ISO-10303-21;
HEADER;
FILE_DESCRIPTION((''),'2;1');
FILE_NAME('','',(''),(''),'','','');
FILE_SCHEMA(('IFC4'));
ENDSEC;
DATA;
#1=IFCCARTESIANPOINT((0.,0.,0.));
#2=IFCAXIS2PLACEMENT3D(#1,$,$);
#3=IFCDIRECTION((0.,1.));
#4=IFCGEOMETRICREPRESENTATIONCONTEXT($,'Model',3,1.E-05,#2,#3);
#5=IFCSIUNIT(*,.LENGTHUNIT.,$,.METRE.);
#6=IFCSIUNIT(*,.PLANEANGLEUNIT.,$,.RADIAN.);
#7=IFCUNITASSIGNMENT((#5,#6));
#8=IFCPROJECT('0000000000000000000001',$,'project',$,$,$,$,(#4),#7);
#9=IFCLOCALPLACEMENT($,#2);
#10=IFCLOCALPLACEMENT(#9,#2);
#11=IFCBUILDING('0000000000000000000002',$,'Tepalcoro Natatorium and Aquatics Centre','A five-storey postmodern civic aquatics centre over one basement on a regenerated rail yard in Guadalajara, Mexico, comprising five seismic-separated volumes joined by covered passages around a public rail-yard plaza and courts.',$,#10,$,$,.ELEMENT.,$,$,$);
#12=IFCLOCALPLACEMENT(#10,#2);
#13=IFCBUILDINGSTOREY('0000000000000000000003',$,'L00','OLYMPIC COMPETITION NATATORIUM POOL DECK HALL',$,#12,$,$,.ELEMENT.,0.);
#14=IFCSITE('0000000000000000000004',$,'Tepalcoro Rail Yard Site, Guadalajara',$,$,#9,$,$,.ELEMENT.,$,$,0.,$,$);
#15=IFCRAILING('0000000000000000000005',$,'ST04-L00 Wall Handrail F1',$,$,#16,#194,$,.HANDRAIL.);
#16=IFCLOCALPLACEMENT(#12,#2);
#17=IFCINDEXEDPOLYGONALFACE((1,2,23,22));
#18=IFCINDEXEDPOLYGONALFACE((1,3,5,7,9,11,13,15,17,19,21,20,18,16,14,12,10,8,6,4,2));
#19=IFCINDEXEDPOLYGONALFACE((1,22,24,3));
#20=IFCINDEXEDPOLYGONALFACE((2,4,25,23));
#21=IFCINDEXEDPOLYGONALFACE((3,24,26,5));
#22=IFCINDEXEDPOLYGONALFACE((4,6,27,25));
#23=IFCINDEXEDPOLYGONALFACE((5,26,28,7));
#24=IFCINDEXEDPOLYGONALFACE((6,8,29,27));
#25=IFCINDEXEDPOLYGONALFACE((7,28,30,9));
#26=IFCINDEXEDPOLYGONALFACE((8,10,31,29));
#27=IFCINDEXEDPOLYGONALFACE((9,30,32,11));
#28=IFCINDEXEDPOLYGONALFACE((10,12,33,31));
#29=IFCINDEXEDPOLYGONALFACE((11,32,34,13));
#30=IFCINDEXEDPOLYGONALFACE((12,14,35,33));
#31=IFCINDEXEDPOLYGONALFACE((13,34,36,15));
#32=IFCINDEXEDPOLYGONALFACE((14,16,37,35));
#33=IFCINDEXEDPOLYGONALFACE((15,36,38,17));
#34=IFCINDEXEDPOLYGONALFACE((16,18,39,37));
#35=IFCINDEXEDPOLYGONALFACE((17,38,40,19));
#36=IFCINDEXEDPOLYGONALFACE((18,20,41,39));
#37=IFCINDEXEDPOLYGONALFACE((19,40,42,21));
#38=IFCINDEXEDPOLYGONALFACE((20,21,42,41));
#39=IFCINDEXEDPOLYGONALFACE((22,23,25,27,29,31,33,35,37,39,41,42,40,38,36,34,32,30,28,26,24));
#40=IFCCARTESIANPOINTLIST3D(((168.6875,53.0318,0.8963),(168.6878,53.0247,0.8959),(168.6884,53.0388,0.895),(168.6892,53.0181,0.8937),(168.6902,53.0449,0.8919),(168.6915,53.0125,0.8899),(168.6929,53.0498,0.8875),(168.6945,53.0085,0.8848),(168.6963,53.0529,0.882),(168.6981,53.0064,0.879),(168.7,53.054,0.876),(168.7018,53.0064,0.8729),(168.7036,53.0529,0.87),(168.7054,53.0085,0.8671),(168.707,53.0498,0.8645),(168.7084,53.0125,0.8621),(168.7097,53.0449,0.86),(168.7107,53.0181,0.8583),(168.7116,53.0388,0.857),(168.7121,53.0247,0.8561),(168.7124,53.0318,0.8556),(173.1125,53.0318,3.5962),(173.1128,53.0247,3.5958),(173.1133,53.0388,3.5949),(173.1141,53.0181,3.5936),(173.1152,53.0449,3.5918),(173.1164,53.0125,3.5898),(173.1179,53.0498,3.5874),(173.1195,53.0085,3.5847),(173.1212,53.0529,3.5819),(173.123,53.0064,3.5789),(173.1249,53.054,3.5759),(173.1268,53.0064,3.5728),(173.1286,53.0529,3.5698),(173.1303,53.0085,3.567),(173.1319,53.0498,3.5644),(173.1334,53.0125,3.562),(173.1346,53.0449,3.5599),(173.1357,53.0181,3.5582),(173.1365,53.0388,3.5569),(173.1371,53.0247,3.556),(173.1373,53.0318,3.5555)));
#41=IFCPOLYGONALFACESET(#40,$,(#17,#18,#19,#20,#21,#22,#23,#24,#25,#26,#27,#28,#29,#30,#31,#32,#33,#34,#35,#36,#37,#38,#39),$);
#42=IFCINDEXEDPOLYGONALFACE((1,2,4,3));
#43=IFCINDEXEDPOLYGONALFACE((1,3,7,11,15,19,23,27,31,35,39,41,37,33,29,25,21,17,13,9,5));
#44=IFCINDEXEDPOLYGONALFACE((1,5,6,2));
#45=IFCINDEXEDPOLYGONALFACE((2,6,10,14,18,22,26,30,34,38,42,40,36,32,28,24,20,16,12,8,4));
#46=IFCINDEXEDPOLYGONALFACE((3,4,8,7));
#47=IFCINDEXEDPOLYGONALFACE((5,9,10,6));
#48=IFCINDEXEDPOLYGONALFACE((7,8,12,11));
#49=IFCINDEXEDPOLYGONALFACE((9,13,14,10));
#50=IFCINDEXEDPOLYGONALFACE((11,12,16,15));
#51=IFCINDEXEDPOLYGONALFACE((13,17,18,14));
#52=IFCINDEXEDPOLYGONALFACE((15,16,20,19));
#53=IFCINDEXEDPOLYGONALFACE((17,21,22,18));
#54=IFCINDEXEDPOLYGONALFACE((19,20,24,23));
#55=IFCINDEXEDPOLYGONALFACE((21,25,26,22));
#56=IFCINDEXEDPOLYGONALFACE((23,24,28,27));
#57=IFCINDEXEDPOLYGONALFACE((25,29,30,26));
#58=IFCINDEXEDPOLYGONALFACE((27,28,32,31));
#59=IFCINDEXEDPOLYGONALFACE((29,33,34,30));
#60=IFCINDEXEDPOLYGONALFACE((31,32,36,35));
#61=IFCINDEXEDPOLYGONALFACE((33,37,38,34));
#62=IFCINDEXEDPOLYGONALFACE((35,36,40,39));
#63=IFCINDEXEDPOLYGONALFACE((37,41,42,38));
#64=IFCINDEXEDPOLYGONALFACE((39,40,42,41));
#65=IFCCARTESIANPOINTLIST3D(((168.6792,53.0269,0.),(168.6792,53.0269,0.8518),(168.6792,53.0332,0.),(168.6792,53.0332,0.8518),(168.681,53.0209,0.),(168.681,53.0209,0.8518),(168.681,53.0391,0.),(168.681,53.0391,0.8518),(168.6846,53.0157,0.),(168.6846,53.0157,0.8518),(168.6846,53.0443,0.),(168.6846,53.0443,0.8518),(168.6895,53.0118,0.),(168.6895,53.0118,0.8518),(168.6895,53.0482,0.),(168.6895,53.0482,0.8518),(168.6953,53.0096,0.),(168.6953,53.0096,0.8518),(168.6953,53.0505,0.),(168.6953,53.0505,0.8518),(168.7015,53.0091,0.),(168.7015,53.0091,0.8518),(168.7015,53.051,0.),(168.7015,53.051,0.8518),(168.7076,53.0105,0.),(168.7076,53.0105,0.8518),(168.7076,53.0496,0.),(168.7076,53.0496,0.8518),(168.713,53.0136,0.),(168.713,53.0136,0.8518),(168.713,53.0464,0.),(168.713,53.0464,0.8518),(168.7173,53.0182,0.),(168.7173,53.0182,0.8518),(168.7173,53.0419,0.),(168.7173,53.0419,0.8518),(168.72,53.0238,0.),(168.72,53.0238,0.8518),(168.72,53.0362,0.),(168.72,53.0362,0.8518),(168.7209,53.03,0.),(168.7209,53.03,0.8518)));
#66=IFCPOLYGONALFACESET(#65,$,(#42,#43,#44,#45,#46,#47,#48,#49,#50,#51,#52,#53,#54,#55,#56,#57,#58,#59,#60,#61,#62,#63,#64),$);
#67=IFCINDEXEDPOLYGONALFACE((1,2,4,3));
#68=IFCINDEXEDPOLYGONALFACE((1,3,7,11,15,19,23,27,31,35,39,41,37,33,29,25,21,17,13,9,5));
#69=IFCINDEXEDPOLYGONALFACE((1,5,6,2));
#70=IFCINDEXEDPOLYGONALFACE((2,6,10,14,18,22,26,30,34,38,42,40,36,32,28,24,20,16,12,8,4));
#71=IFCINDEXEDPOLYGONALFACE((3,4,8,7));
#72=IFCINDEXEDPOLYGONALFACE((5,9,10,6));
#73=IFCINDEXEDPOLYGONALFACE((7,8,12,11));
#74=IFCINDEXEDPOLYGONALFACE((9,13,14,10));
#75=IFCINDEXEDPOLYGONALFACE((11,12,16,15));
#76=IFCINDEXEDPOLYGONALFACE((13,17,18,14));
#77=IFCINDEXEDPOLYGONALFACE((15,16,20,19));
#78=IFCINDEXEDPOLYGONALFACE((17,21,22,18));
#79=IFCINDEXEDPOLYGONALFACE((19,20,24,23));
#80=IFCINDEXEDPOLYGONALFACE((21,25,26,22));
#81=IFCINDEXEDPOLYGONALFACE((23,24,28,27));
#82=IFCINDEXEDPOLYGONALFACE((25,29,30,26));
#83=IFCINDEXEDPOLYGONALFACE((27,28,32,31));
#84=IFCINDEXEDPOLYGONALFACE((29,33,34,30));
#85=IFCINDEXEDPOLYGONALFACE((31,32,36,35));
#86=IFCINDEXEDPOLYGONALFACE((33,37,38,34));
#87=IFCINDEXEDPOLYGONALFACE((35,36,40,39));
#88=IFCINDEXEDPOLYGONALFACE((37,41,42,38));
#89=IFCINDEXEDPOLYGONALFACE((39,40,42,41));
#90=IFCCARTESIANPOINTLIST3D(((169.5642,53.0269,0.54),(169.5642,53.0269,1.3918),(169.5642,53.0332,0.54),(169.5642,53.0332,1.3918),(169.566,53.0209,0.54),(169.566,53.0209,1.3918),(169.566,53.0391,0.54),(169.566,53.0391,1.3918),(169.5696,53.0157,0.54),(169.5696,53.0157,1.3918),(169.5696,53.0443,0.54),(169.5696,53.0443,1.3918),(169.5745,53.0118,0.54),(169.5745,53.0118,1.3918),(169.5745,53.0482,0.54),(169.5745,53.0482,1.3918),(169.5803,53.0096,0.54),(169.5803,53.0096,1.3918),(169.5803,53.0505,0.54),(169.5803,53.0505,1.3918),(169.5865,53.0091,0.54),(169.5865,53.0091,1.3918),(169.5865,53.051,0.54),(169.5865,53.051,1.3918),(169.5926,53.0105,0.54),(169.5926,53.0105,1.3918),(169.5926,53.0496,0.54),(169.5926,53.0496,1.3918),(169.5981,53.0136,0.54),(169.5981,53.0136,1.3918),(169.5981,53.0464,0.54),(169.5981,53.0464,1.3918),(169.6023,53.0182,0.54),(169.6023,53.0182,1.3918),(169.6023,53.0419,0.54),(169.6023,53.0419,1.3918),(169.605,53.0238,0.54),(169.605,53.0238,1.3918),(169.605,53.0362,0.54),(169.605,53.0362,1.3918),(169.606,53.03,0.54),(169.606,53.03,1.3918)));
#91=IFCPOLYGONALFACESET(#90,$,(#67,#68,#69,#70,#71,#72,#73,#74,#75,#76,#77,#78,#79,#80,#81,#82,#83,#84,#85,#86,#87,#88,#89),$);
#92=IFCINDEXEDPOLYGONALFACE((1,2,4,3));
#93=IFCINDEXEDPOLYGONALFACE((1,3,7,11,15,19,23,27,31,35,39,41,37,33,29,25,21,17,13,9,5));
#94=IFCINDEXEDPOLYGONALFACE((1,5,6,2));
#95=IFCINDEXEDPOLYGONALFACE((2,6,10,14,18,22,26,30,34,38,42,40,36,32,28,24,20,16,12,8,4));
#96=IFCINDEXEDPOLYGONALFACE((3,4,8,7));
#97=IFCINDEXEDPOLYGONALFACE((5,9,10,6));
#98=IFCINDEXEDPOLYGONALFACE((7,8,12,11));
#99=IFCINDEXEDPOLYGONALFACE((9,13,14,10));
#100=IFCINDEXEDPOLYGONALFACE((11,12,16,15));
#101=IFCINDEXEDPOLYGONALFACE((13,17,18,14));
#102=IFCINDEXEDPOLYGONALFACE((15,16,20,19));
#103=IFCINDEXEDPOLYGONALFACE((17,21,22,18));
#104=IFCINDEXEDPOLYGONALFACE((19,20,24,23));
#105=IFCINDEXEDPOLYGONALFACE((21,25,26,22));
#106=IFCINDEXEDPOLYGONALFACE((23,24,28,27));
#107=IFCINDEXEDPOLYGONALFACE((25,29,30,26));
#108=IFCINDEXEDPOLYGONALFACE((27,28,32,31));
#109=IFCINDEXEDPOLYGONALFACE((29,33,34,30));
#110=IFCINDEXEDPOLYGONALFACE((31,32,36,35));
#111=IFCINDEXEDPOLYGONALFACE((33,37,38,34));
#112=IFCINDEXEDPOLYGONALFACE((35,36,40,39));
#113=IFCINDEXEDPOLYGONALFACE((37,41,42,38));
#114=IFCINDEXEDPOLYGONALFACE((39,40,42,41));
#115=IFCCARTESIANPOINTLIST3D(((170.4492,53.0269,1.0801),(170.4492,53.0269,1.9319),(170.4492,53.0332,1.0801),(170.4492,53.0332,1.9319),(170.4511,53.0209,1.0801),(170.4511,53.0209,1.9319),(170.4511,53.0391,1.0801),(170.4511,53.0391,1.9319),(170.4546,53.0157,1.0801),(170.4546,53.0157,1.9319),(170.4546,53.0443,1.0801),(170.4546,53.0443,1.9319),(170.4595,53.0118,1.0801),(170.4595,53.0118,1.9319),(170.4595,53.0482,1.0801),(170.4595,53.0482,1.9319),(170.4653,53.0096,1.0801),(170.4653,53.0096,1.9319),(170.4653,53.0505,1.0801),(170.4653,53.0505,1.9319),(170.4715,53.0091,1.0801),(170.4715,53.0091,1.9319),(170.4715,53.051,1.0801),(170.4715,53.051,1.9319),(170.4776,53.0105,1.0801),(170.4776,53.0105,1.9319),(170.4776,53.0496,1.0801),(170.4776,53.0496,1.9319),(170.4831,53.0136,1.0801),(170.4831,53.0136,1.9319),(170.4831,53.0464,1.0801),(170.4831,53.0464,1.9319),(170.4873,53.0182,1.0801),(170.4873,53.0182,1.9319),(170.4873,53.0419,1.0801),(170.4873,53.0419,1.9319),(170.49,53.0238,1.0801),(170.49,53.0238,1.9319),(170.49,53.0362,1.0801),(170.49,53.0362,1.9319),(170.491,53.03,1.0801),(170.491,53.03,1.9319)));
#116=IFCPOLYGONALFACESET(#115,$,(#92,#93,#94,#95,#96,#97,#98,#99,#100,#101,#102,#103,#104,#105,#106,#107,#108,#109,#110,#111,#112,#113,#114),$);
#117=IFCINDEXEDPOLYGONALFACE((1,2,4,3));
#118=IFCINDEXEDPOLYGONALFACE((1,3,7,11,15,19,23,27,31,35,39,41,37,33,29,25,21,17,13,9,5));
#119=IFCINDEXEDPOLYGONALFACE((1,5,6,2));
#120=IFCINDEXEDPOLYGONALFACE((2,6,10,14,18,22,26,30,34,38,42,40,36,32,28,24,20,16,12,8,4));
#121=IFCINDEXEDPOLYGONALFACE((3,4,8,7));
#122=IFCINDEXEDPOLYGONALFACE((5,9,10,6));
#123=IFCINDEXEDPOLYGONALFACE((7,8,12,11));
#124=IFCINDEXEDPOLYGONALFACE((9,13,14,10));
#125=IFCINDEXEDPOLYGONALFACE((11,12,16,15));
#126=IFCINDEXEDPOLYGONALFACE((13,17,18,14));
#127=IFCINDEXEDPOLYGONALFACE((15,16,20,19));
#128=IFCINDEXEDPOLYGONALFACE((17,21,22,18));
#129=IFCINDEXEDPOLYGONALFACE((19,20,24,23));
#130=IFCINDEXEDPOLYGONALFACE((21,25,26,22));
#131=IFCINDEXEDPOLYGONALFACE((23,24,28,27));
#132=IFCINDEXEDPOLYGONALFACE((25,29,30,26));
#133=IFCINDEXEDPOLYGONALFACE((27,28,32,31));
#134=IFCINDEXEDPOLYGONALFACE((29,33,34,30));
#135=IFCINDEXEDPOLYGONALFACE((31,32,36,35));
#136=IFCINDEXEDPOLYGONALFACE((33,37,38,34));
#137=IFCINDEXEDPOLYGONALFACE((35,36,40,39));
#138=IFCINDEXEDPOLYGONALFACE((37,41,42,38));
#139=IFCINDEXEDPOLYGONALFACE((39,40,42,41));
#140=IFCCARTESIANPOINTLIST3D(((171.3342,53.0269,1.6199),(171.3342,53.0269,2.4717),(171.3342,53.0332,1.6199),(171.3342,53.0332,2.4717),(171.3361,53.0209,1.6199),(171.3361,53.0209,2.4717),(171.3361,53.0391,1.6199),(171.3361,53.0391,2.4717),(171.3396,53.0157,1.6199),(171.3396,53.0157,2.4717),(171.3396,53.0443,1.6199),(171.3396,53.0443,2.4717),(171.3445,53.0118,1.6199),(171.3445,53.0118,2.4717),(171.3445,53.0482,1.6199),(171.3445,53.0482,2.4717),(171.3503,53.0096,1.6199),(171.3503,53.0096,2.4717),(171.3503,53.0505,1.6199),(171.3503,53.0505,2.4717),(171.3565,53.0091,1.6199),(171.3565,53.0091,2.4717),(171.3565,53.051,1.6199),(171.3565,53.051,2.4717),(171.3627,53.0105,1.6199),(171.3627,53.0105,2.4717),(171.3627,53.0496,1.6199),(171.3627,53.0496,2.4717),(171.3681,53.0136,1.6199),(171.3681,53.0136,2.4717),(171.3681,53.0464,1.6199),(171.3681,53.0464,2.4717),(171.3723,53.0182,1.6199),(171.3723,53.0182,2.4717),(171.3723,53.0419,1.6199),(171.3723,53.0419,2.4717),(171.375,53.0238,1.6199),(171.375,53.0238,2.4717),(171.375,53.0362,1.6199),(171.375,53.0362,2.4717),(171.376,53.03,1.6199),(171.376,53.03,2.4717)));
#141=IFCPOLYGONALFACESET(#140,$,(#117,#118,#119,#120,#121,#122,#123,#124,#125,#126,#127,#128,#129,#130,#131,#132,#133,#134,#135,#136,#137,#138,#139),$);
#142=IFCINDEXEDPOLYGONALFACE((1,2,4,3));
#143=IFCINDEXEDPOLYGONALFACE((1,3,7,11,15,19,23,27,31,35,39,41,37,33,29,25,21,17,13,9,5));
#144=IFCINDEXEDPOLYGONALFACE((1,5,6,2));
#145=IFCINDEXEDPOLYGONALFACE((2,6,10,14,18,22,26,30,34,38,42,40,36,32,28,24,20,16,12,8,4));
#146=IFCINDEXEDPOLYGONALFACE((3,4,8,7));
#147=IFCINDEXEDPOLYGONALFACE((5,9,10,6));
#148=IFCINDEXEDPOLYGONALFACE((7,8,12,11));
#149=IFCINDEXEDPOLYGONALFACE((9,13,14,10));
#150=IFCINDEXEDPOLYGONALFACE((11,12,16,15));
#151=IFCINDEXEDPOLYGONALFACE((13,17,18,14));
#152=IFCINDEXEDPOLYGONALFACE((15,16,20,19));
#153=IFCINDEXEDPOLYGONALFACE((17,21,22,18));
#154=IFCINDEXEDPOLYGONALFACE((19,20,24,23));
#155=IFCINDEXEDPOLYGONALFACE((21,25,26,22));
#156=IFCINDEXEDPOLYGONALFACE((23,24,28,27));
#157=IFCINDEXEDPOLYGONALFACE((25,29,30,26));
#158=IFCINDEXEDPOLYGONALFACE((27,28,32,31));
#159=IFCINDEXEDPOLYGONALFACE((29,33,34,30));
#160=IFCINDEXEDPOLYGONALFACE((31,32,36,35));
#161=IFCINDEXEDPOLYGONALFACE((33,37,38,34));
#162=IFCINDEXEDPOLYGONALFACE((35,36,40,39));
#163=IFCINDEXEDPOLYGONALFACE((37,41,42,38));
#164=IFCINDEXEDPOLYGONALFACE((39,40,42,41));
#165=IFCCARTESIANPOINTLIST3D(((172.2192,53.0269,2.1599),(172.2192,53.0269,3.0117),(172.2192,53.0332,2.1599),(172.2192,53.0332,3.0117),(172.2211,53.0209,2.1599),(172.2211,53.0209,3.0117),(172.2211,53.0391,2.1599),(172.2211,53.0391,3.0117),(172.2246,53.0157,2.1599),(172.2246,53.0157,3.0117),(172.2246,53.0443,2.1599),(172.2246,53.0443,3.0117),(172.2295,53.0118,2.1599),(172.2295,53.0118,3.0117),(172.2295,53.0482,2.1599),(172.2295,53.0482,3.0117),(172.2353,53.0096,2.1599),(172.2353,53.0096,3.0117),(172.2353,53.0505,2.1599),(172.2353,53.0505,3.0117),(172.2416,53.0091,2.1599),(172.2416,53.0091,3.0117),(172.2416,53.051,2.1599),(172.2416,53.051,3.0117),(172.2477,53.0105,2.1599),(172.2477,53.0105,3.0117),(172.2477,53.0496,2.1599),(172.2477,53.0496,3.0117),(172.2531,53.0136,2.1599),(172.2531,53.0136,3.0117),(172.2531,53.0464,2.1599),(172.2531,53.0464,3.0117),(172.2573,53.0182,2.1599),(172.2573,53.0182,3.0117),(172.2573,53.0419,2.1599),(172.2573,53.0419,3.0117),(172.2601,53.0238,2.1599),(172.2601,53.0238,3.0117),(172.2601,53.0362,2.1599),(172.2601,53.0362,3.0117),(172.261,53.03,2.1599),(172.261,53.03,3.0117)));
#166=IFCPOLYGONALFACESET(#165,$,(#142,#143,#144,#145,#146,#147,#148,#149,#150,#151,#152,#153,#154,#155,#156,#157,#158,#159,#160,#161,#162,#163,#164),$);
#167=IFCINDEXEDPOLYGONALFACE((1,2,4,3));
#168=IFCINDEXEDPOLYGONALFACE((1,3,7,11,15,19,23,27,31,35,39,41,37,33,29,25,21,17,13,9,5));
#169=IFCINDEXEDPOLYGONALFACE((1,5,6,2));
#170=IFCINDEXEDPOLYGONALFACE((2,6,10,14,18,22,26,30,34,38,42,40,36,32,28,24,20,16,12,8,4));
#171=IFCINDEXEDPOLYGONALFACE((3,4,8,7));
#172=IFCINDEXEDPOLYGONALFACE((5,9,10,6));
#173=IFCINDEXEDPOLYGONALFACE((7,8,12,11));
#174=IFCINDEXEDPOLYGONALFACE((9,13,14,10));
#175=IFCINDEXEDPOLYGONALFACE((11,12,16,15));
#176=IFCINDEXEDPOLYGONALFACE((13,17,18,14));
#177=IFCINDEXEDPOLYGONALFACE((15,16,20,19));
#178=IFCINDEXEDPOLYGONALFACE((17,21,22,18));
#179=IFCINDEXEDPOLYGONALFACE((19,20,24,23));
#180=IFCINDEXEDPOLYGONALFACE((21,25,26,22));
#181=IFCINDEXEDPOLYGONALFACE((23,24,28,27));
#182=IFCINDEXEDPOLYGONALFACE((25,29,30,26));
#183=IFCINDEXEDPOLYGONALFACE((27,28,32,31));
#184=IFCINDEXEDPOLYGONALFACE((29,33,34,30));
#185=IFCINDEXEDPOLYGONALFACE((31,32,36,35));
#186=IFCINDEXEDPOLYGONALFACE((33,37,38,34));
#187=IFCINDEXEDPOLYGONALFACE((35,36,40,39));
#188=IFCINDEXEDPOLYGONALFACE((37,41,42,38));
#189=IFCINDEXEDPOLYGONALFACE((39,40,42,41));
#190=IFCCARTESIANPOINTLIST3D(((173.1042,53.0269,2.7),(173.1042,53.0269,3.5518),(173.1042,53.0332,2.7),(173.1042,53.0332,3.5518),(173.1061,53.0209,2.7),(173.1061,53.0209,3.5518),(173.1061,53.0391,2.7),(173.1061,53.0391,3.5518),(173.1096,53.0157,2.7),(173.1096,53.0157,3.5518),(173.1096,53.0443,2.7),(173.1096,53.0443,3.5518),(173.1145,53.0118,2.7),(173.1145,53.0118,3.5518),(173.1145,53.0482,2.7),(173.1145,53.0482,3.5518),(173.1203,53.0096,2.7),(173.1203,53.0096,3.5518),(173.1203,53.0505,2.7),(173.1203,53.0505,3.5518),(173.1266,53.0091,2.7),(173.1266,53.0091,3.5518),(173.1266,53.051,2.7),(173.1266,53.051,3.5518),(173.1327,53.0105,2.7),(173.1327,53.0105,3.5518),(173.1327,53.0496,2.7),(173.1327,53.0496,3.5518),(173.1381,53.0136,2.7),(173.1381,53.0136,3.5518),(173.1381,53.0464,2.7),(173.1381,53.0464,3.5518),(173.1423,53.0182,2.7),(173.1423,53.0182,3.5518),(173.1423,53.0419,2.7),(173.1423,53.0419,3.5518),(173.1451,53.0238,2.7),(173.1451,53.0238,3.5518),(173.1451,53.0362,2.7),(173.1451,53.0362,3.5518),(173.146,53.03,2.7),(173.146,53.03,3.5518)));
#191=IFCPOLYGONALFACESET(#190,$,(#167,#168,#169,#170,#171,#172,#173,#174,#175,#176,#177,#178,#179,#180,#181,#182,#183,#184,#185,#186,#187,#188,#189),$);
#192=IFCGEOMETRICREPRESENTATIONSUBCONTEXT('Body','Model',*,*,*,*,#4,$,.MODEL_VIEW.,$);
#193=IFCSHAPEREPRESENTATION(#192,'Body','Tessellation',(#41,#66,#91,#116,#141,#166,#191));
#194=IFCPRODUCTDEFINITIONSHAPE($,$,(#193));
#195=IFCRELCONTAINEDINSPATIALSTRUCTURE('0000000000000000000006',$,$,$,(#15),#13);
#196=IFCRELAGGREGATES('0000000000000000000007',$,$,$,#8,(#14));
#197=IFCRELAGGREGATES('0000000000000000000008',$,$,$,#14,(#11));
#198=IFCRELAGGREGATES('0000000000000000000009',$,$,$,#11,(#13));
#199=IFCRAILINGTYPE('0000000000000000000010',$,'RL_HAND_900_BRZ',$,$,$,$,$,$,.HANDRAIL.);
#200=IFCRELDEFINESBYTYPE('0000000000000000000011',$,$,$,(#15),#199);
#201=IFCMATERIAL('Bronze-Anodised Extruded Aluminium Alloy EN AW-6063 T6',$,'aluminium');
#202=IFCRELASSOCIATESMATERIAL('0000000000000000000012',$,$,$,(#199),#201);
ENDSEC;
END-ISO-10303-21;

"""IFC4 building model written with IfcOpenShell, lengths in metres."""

from ifc_helpers import new_model, si_unit, direction, frame, origin, origin_2d, place, context, subcontext, project, spatial, circle, extrude, material, type_object, element, save


model = new_model("IFC4")

# Units and contexts
model_context = context("Model", 3, precision=1e-05, world=origin(), true_north=direction((0.0, 1.0)))
body_context = subcontext(model_context, "Body", "Model", "MODEL_VIEW")
ifc_project = project(units=[si_unit("LENGTHUNIT", "METRE"), si_unit("PLANEANGLEUNIT", "RADIAN")], contexts=[model_context])

# Site, building, storey
site_placement = place(None, origin())
site = spatial("IfcSite", under=ifc_project, at=site_placement, Name="Tepalcoro Rail Yard Site, Guadalajara", CompositionType="ELEMENT", RefElevation=0.0)
building_placement = place(site_placement, origin())
building = spatial("IfcBuilding", under=site, at=building_placement, Name="Tepalcoro Natatorium and Aquatics Centre", Description="A five-storey postmodern civic aquatics centre over one basement on a regenerated rail yard in Guadalajara, Mexico, comprising five seismic-separated volumes joined by covered passages around a public rail-yard plaza and courts.", CompositionType="ELEMENT")
storey_placement = place(building_placement, origin())
storey = spatial("IfcBuildingStorey", under=building, at=storey_placement, Name="L00", Description="OLYMPIC COMPETITION NATATORIUM POOL DECK HALL", CompositionType="ELEMENT", Elevation=0.0)

# Shared definitions
ifc_material_1 = material(Name="Bronze-Anodised Extruded Aluminium Alloy EN AW-6063 T6", Category="aluminium")

# Railing
railing_type_1 = type_object("IfcRailingType", Name="RL_HAND_900_BRZ", PredefinedType="HANDRAIL", material=ifc_material_1)
railing_1_placement = place(storey_placement, frame((168.7, 53.03, 0.0)))
element("IfcRailing", 1, at=railing_1_placement, inside=storey, type_object=railing_type_1, Name="ST04-L00 Wall Handrail F1", PredefinedType="HANDRAIL", context=body_context, shape_type="SweptSolid", body=[
    extrude(circle(Radius=0.0239, at=origin_2d()), frame((0.0, 0.0, 0.876), z_axis=(0.853646, 0.0, 0.520854), x_axis=(0.0, 1.0, 0.0)), (0.0, 0.0, 1.0), 5.1836),
    extrude(circle(Radius=0.021, at=origin_2d()), origin(), (0.0, 0.0, 1.0), 0.8518),
    extrude(circle(Radius=0.021, at=origin_2d()), frame((0.885, 0.0, 0.54)), (0.0, 0.0, 1.0), 0.8518),
    extrude(circle(Radius=0.021, at=origin_2d()), frame((1.77, 0.0, 1.0801)), (0.0, 0.0, 1.0), 0.8518),
    extrude(circle(Radius=0.021, at=origin_2d()), frame((2.655, 0.0, 1.6199)), (0.0, 0.0, 1.0), 0.8518),
    extrude(circle(Radius=0.021, at=origin_2d()), frame((3.54, 0.0, 2.1599)), (0.0, 0.0, 1.0), 0.8518),
    extrude(circle(Radius=0.021, at=origin_2d()), frame((4.425, 0.0, 2.7)), (0.0, 0.0, 1.0), 0.8518),
])

save(model, "model.ifc")
